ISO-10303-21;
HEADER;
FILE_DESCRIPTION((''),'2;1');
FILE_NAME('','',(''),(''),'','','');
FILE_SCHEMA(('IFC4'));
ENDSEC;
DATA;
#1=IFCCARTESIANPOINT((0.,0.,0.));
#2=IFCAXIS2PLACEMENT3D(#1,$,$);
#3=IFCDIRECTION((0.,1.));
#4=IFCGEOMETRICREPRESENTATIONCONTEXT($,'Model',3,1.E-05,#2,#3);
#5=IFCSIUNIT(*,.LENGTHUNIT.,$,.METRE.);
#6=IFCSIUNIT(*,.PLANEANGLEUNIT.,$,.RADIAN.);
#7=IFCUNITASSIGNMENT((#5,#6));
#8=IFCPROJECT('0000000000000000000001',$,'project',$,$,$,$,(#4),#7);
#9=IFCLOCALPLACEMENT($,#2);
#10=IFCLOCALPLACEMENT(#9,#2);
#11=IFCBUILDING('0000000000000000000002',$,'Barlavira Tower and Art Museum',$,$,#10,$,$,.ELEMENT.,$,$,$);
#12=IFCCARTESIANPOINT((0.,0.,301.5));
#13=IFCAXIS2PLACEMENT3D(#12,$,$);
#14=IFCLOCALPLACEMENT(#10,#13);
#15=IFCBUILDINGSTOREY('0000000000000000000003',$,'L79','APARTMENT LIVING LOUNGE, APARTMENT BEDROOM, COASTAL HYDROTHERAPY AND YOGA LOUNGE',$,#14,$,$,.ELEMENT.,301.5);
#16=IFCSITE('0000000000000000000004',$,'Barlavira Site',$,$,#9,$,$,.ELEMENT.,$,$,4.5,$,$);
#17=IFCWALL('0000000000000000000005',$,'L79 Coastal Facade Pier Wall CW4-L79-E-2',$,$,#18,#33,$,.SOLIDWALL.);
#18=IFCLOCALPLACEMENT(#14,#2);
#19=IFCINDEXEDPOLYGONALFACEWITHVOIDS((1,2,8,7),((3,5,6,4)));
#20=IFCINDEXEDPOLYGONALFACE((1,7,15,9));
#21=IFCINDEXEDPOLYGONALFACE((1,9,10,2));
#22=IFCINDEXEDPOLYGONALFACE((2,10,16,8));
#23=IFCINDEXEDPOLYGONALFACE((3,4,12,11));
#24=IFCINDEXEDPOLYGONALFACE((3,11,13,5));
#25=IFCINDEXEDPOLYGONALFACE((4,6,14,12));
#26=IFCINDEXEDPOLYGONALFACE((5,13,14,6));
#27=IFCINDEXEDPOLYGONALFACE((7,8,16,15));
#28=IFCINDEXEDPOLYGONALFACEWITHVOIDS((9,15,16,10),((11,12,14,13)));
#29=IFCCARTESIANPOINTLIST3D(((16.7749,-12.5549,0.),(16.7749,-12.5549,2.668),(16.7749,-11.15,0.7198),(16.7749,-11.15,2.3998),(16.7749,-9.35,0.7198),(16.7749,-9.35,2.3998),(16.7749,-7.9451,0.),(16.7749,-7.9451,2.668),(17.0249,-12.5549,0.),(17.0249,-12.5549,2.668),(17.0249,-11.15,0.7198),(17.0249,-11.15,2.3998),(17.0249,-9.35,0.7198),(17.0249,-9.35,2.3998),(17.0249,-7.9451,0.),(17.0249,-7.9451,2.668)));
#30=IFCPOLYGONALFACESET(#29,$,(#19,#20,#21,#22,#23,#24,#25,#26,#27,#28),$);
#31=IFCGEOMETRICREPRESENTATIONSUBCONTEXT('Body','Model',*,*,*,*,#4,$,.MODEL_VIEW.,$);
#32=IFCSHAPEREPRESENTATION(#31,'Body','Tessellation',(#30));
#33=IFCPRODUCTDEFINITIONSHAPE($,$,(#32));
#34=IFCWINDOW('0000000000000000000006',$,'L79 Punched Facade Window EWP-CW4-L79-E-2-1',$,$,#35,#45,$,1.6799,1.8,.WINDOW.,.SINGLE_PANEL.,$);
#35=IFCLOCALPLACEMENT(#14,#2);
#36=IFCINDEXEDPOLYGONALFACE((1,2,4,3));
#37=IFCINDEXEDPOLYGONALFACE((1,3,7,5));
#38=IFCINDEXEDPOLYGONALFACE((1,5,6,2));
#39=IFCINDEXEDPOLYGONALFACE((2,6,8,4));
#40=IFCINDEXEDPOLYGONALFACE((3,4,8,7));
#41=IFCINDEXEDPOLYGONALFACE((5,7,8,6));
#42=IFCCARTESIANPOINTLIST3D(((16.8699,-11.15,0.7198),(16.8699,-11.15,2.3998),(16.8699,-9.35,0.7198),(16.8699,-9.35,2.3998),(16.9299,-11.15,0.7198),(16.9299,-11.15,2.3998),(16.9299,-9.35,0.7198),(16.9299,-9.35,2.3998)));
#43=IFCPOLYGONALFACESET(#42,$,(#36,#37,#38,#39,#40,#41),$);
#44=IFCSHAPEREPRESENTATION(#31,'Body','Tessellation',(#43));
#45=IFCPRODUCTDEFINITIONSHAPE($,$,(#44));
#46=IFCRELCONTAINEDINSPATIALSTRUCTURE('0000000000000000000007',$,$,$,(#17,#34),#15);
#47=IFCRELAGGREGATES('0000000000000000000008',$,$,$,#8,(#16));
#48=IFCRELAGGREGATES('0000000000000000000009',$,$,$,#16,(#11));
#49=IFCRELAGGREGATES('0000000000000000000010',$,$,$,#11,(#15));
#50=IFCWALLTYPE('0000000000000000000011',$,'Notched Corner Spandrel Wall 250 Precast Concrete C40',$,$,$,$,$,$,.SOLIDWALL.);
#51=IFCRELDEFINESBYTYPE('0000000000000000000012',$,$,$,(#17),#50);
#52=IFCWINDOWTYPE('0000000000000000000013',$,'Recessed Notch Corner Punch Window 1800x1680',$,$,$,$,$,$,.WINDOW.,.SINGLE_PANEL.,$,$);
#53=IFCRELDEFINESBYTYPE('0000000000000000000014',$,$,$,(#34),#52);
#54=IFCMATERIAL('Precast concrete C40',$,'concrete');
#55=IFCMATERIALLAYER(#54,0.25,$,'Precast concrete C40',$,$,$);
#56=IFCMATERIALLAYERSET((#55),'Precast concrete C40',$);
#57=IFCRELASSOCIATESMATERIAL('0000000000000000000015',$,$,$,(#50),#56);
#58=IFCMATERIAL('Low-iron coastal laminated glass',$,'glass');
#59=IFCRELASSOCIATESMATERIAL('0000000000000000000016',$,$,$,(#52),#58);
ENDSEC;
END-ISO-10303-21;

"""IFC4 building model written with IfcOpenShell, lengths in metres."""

from ifc_helpers import new_model, si_unit, direction, frame, frame_2d, origin, place, context, subcontext, project, spatial, rectangle, extrude, material, layer, layer_set, type_object, element, fill, save


model = new_model("IFC4")

# Units and contexts
model_context = context("Model", 3, precision=1e-05, world=origin(), true_north=direction((0.0, 1.0)))
body_context = subcontext(model_context, "Body", "Model", "MODEL_VIEW")
ifc_project = project(units=[si_unit("LENGTHUNIT", "METRE"), si_unit("PLANEANGLEUNIT", "RADIAN")], contexts=[model_context])

# Site, building, storey
site_placement = place(None, origin())
site = spatial("IfcSite", under=ifc_project, at=site_placement, Name="Barlavira Site", CompositionType="ELEMENT", RefElevation=4.5)
building_placement = place(site_placement, origin())
building = spatial("IfcBuilding", under=site, at=building_placement, Name="Barlavira Tower and Art Museum", CompositionType="ELEMENT")
storey_placement = place(building_placement, frame((0.0, 0.0, 301.5)))
storey = spatial("IfcBuildingStorey", under=building, at=storey_placement, Name="L79", Description="APARTMENT LIVING LOUNGE, APARTMENT BEDROOM, COASTAL HYDROTHERAPY AND YOGA LOUNGE", CompositionType="ELEMENT", Elevation=301.5)

# Shared definitions
ifc_material_1 = material(Name="Low-iron coastal laminated glass", Category="glass")

# Wall, opening, window
ifc_material_2 = material(Name="Precast concrete C40", Category="concrete")
ifc_layer_1 = layer(ifc_material_2, 0.25, Name="Precast concrete C40")
ifc_layer_set_1 = layer_set([ifc_layer_1], Name="Precast concrete C40")
wall_type_1 = type_object("IfcWallType", Name="Notched Corner Spandrel Wall 250 Precast Concrete C40", PredefinedType="SOLIDWALL", material=ifc_layer_set_1)
wall_1_placement = place(storey_placement, frame((16.8999, -12.5549, 0.0), z_axis=(0.0, 0.0, 1.0), x_axis=(0.0, 1.0, 0.0)))
wall_1 = element("IfcWall", 1, at=wall_1_placement, inside=storey, type_object=wall_type_1, Name="L79 Coastal Facade Pier Wall CW4-L79-E-2", PredefinedType="SOLIDWALL", context=body_context, shape_type="SweptSolid", body=[
    extrude(rectangle(XDim=4.6099, YDim=0.25, at=frame_2d((2.3049, 0.0))), origin(), (0.0, 0.0, 1.0), 2.668),
])
opening_1_placement = place(wall_1_placement, frame((1.405, 0.0, 0.72)))
opening_1 = element("IfcOpeningElement", 2, at=opening_1_placement, cuts=wall_1, PredefinedType="OPENING", context=body_context, shape_type="SweptSolid", body=[
    extrude(rectangle(XDim=1.8, YDim=1.6799, at=frame_2d((0.8999, 0.8398))), frame((0.0, 0.135, 0.0), z_axis=(0.0, -1.0, 0.0), x_axis=(1.0, 0.0, 0.0)), (0.0, 0.0, 1.0), 0.27),
])
window_type = type_object("IfcWindowType", Name="Recessed Notch Corner Punch Window 1800x1680", PartitioningType="SINGLE_PANEL", PredefinedType="WINDOW", material=ifc_material_1)
window_placement = place(opening_1_placement, origin())
window = element("IfcWindow", 3, at=window_placement, inside=storey, type_object=window_type, Name="L79 Punched Facade Window EWP-CW4-L79-E-2-1", OverallHeight=1.6799, OverallWidth=1.8, PartitioningType="SINGLE_PANEL", PredefinedType="WINDOW", context=body_context, shape_type="SweptSolid", body=[
    extrude(rectangle(XDim=1.8, YDim=1.6799, at=frame_2d((0.8999, 0.8398))), frame((0.0, 0.03, 0.0), z_axis=(0.0, -1.0, 0.0), x_axis=(1.0, 0.0, 0.0)), (0.0, 0.0, 1.0), 0.0601),
])
fill(opening_1, window)

save(model, "model.ifc")
